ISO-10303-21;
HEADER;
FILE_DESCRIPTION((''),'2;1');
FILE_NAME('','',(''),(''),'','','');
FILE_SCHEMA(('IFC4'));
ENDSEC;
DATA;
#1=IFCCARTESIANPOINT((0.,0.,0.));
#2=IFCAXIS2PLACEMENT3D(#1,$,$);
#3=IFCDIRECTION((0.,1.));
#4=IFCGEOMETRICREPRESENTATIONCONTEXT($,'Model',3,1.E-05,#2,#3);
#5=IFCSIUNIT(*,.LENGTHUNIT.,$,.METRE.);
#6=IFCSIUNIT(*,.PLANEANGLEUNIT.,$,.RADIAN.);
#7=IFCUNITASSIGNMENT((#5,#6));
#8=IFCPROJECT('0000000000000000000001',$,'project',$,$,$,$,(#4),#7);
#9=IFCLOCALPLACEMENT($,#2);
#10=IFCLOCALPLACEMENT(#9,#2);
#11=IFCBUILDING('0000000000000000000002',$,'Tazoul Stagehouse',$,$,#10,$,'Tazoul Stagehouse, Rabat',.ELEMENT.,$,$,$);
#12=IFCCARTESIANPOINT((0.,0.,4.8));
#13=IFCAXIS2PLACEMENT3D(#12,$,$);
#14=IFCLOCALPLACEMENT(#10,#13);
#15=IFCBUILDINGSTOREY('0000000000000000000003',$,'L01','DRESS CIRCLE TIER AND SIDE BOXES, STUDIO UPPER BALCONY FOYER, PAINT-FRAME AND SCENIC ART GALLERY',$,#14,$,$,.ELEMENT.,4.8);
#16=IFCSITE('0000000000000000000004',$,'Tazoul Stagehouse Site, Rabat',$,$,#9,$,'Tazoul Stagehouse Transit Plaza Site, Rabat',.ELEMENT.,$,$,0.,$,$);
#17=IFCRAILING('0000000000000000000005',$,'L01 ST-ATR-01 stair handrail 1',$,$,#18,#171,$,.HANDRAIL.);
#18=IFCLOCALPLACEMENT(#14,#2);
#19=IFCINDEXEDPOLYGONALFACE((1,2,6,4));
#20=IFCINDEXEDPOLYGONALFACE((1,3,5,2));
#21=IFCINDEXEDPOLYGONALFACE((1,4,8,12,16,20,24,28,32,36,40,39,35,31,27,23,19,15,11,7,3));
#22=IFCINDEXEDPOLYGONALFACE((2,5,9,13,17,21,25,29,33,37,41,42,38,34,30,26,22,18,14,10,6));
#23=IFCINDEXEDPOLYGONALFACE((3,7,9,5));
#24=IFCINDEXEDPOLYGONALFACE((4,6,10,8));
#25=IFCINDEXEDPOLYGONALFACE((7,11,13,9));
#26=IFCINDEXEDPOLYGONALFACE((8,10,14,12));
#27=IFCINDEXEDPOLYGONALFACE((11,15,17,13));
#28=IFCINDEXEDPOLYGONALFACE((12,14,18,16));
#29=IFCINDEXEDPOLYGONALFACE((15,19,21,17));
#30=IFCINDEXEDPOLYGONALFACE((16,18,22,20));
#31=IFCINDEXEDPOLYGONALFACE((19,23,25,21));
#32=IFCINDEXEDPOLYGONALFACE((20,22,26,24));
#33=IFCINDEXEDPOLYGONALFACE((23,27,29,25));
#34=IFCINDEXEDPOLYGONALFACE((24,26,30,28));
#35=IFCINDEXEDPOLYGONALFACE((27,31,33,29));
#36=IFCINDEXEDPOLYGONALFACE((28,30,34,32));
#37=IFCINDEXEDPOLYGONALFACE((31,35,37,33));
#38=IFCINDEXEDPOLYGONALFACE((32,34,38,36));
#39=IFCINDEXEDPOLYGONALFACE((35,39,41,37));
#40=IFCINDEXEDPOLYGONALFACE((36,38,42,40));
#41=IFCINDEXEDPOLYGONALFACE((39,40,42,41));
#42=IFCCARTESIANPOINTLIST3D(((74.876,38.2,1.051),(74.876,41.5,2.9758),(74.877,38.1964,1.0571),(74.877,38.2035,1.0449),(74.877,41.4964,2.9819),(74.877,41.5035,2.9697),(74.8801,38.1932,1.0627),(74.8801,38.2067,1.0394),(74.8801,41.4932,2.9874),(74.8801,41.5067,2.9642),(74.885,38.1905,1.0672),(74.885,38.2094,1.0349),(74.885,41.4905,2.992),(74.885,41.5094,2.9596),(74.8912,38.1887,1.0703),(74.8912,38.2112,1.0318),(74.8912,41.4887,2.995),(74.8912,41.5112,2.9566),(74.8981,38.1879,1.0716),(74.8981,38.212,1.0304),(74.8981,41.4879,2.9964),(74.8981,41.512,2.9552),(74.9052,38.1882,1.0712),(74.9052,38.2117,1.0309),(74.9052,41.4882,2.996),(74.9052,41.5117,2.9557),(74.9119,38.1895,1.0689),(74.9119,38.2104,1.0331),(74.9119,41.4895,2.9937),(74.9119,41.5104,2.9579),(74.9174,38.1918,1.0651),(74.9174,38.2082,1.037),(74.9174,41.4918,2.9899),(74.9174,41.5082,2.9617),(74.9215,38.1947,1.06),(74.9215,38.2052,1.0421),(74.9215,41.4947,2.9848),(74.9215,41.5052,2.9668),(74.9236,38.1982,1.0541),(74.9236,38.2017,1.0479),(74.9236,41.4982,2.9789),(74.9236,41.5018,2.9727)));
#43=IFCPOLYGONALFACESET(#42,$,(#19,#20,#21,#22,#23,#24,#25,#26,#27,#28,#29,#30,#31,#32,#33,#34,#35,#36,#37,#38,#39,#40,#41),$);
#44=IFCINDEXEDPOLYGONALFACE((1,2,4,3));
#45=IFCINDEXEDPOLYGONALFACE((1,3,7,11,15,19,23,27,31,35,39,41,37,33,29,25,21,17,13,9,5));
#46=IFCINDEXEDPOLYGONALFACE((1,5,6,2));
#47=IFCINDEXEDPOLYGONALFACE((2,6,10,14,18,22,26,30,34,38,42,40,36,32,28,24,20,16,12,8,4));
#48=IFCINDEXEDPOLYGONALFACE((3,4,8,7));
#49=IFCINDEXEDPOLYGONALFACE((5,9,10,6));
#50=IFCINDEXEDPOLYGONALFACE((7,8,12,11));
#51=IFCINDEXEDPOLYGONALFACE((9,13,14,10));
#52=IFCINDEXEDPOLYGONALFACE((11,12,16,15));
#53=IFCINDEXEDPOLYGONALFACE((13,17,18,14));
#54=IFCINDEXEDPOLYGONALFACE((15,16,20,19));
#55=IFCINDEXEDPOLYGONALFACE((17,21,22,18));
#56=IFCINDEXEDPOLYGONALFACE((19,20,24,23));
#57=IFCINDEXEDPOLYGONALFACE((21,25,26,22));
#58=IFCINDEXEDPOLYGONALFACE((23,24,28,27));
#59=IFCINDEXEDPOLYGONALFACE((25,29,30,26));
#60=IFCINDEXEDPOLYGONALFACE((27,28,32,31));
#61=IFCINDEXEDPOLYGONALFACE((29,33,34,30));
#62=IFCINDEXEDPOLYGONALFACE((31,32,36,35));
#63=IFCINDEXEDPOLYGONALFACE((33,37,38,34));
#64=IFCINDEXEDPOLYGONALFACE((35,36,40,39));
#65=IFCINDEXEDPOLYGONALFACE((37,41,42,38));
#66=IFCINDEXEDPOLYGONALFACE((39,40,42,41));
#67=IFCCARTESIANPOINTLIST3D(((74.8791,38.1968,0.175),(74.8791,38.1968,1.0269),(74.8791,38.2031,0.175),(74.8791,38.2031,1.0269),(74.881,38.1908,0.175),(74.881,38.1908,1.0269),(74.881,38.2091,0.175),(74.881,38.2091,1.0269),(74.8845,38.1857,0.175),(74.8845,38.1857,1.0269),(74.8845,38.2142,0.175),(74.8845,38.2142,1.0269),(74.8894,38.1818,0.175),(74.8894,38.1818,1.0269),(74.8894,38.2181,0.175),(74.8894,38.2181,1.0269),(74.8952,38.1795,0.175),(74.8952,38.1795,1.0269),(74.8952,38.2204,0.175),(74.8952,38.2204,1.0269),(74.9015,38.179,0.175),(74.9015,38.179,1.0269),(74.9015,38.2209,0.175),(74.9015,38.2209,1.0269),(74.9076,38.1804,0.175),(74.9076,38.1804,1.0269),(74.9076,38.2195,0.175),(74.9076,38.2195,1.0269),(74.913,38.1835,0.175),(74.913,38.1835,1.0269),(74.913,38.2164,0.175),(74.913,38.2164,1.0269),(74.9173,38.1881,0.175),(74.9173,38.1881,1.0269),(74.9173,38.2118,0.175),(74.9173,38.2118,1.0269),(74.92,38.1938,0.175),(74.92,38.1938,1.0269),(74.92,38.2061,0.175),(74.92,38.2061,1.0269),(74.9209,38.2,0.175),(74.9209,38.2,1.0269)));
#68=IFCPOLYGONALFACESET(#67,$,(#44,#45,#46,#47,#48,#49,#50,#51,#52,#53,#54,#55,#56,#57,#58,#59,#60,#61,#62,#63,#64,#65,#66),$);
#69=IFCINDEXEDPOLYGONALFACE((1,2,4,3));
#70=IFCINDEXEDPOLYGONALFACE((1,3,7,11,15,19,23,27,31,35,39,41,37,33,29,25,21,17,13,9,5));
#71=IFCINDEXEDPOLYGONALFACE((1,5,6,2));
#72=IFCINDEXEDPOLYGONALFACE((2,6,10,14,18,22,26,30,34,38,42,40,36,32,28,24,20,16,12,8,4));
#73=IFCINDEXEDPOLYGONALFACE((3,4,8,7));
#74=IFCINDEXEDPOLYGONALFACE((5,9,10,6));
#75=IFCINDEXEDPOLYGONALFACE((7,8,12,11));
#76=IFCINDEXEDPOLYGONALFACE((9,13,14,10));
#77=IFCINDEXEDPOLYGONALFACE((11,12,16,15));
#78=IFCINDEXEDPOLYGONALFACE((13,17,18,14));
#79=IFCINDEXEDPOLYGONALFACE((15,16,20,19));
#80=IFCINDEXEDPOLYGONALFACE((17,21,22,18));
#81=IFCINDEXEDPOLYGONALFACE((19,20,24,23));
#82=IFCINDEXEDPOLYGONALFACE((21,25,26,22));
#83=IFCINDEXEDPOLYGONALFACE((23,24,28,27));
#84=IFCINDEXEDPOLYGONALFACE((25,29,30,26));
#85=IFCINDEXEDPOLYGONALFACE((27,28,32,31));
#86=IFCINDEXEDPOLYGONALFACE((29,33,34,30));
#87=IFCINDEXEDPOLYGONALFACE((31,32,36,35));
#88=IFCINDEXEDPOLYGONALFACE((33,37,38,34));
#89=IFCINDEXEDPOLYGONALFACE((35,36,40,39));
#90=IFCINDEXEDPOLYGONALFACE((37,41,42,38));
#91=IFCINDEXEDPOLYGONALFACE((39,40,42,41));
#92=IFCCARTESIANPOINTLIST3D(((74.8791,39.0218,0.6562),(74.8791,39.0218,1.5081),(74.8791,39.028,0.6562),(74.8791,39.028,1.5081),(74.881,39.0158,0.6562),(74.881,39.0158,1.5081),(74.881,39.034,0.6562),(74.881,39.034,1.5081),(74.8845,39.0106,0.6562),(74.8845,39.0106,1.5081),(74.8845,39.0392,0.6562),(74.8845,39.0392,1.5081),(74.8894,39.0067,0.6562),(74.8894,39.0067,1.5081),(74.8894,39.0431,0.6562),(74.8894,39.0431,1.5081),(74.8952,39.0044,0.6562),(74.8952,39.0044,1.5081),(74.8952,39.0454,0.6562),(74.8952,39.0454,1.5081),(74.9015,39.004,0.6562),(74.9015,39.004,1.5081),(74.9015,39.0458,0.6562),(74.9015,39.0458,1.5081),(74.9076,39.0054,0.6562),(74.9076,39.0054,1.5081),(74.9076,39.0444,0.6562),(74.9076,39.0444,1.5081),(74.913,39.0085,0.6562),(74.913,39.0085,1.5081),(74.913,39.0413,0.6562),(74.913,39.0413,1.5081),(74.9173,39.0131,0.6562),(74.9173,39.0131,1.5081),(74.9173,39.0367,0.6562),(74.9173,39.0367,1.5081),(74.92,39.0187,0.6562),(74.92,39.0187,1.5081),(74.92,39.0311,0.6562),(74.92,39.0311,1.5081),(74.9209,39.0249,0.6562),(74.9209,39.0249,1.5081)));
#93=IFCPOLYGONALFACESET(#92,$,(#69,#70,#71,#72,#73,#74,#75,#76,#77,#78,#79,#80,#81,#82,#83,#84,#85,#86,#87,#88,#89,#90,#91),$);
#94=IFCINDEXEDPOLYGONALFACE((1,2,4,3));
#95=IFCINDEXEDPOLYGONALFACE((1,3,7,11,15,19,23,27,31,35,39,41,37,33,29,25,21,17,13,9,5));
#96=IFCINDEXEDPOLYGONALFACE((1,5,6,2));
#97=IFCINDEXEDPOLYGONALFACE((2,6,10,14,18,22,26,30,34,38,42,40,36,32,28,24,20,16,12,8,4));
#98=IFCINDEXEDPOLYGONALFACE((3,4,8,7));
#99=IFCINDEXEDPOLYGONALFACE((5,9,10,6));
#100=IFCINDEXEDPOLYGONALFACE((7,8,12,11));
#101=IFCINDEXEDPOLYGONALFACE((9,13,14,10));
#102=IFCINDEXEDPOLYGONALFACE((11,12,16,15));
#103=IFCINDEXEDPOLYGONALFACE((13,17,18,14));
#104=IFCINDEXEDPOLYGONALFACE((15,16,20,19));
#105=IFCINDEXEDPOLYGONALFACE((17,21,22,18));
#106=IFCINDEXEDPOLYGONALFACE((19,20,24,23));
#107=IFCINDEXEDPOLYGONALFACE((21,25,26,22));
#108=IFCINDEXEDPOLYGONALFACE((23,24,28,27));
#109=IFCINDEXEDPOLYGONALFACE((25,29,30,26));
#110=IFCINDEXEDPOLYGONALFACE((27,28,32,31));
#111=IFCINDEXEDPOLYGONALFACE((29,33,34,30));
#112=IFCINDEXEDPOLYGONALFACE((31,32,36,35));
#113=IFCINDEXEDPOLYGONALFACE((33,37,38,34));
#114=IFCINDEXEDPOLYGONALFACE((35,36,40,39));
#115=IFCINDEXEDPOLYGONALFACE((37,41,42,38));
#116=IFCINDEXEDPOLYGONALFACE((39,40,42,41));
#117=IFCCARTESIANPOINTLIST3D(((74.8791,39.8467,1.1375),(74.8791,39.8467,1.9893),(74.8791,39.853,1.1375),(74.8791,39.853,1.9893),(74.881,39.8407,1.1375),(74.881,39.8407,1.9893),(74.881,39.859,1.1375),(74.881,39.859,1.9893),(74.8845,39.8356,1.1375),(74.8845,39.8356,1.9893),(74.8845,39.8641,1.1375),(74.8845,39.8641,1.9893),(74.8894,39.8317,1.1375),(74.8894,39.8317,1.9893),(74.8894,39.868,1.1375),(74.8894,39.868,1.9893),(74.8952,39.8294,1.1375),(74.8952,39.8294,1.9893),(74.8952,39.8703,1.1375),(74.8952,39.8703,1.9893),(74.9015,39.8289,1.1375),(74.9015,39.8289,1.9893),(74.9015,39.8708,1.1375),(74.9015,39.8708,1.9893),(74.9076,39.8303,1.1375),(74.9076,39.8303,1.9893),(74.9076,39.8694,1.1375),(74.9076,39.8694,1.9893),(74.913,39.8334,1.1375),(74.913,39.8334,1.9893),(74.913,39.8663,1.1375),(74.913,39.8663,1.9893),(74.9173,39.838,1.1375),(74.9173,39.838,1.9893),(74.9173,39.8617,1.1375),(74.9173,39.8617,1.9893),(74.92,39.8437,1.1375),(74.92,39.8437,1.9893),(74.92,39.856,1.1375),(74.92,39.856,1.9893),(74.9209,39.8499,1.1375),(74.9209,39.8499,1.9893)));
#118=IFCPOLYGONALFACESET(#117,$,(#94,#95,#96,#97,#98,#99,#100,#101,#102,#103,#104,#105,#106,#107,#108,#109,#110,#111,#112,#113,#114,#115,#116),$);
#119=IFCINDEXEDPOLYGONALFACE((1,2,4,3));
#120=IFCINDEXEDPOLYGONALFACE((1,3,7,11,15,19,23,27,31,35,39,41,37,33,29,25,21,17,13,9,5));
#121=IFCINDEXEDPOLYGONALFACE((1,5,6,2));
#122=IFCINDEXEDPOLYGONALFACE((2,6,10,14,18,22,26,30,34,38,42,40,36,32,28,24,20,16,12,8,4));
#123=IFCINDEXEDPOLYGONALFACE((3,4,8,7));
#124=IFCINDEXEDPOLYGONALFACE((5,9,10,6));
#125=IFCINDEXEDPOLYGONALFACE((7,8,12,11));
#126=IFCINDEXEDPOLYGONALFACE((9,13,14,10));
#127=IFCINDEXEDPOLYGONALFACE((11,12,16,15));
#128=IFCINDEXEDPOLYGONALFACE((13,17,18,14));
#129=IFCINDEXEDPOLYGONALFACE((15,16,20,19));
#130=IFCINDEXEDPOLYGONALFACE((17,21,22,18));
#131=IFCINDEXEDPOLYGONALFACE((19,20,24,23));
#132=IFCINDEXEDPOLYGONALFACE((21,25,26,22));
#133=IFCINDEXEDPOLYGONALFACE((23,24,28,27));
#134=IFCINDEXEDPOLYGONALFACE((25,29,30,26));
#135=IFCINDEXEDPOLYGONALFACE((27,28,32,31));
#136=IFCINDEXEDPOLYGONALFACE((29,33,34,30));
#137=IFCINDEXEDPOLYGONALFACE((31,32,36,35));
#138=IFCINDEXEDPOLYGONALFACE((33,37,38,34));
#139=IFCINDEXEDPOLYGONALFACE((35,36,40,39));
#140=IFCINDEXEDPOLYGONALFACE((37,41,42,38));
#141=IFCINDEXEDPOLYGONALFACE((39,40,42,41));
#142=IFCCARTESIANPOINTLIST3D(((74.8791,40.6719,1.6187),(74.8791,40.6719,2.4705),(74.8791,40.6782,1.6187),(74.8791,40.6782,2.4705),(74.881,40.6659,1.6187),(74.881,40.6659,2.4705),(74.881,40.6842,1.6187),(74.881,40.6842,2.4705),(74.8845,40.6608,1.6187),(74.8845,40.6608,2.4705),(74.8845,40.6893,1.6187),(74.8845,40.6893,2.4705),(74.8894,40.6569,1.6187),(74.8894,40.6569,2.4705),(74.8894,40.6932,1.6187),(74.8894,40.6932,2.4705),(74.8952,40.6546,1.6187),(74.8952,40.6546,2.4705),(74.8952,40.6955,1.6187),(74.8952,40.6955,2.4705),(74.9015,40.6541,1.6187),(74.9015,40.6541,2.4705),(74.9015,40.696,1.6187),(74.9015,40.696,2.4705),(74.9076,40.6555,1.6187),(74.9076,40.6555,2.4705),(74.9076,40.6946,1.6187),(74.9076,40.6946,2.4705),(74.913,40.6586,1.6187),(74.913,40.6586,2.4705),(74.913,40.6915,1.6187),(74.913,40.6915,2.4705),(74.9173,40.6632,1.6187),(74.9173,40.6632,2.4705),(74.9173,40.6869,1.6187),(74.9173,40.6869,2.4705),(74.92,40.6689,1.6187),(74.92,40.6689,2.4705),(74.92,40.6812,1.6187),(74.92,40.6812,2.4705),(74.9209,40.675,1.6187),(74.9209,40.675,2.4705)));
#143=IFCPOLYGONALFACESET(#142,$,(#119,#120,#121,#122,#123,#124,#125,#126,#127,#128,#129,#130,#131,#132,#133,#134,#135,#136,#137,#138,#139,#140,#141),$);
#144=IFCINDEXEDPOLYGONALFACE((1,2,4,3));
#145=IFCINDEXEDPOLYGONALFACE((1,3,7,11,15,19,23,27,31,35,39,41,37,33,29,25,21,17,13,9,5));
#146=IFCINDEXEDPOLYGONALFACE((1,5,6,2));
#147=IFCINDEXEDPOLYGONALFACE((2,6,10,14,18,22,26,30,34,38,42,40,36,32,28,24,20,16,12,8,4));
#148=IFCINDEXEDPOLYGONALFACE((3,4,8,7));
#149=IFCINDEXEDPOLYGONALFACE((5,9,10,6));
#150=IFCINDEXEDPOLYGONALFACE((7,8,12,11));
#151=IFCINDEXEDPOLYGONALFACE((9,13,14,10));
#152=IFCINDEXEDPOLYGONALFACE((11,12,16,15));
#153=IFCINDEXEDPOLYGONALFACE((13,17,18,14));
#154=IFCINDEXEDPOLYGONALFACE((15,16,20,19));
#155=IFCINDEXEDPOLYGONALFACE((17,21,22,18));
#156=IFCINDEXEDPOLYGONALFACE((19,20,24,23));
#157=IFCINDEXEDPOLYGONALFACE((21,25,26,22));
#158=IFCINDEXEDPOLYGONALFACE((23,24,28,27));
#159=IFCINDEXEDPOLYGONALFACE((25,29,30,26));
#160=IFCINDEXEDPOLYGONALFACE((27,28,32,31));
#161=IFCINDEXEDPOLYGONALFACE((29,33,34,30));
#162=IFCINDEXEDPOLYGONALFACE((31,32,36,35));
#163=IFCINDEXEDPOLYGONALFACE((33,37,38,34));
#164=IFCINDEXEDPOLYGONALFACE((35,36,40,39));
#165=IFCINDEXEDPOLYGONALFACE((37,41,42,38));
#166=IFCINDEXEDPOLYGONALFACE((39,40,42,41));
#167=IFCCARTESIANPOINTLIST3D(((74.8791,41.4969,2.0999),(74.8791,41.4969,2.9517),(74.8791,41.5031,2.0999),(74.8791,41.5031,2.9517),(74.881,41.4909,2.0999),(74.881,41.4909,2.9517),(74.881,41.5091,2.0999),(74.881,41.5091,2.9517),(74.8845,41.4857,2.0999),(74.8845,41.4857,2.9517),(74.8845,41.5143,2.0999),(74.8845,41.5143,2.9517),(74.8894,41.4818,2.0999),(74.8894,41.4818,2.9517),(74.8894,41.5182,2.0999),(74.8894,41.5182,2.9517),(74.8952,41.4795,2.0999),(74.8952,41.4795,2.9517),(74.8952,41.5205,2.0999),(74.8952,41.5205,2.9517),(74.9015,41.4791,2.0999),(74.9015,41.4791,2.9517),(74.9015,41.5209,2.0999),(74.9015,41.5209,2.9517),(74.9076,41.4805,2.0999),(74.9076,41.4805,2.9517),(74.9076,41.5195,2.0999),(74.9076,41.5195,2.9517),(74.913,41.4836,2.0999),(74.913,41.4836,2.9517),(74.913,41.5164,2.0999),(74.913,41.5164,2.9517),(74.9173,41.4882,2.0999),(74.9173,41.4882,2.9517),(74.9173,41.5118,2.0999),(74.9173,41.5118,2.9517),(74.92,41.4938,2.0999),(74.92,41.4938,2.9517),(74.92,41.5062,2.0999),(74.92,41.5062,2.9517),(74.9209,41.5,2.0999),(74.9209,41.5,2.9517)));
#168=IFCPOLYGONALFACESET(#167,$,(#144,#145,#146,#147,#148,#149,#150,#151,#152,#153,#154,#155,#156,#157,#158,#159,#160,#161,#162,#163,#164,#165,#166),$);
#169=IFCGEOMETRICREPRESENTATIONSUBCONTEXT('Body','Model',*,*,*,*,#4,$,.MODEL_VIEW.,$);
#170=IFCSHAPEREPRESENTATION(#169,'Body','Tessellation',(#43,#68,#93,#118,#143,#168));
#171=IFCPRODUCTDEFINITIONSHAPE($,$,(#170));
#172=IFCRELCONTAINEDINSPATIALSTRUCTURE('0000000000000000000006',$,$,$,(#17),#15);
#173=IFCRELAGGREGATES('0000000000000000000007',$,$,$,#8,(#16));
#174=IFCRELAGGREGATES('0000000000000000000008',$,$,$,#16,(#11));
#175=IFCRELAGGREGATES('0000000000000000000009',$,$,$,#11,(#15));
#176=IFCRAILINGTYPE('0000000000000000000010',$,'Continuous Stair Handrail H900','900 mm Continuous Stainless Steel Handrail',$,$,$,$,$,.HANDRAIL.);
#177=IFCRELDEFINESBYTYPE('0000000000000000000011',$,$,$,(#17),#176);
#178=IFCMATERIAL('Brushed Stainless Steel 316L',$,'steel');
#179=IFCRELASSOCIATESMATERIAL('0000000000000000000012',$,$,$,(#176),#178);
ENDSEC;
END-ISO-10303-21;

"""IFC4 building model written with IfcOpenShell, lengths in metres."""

from ifc_helpers import new_model, si_unit, direction, frame, origin, origin_2d, place, context, subcontext, project, spatial, circle, extrude, material, material_profile, profile_set, type_object, element, save


model = new_model("IFC4")

# Units and contexts
model_context = context("Model", 3, precision=1e-05, world=origin(), true_north=direction((0.0, 1.0)))
body_context = subcontext(model_context, "Body", "Model", "MODEL_VIEW")
ifc_project = project(units=[si_unit("LENGTHUNIT", "METRE"), si_unit("PLANEANGLEUNIT", "RADIAN")], contexts=[model_context])

# Site, building, storey
site_placement = place(None, origin())
site = spatial("IfcSite", under=ifc_project, at=site_placement, Name="Tazoul Stagehouse Site, Rabat", LongName="Tazoul Stagehouse Transit Plaza Site, Rabat", CompositionType="ELEMENT", RefElevation=0.0)
building_placement = place(site_placement, origin())
building = spatial("IfcBuilding", under=site, at=building_placement, Name="Tazoul Stagehouse", LongName="Tazoul Stagehouse, Rabat", CompositionType="ELEMENT")
storey_placement = place(building_placement, frame((0.0, 0.0, 4.8)))
storey = spatial("IfcBuildingStorey", under=building, at=storey_placement, Name="L01", Description="DRESS CIRCLE TIER AND SIDE BOXES, STUDIO UPPER BALCONY FOYER, PAINT-FRAME AND SCENIC ART GALLERY", CompositionType="ELEMENT", Elevation=4.8)

# Railing
ifc_material_1 = material(Name="Brushed Stainless Steel 316L", Category="steel")
ifc_material_profile_1 = material_profile(ifc_material_1, circle(Radius=0.021, at=origin_2d()), Name="SS HANDRAIL D42")
ifc_profile_set_1 = profile_set([ifc_material_profile_1], Name="Brushed Stainless Steel 316L")
railing_type_1 = type_object("IfcRailingType", Name="Continuous Stair Handrail H900", Description="900 mm Continuous Stainless Steel Handrail", PredefinedType="HANDRAIL", material=ifc_profile_set_1)
railing_1_placement = place(storey_placement, frame((74.8999, 38.2, 0.175)))
element("IfcRailing", 1, at=railing_1_placement, inside=storey, type_object=railing_type_1, Name="L01 ST-ATR-01 stair handrail 1", PredefinedType="HANDRAIL", context=body_context, shape_type="SweptSolid", body=[
    extrude(circle(Radius=0.0239, at=origin_2d()), frame((0.0, 0.0, 0.876), z_axis=(0.0, 0.863804, 0.503827), x_axis=(-1.0, 0.0, 0.0)), (0.0, 0.0, 1.0), 3.8203),
    extrude(circle(Radius=0.021, at=origin_2d()), origin(), (0.0, 0.0, 1.0), 0.8518),
    extrude(circle(Radius=0.021, at=origin_2d()), frame((0.0, 0.825, 0.4812)), (0.0, 0.0, 1.0), 0.8518),
    extrude(circle(Radius=0.021, at=origin_2d()), frame((0.0, 1.6499, 0.9624)), (0.0, 0.0, 1.0), 0.8518),
    extrude(circle(Radius=0.021, at=origin_2d()), frame((0.0, 2.4751, 1.4436)), (0.0, 0.0, 1.0), 0.8518),
    extrude(circle(Radius=0.021, at=origin_2d()), frame((0.0, 3.3, 1.9248)), (0.0, 0.0, 1.0), 0.8518),
])

save(model, "model.ifc")
